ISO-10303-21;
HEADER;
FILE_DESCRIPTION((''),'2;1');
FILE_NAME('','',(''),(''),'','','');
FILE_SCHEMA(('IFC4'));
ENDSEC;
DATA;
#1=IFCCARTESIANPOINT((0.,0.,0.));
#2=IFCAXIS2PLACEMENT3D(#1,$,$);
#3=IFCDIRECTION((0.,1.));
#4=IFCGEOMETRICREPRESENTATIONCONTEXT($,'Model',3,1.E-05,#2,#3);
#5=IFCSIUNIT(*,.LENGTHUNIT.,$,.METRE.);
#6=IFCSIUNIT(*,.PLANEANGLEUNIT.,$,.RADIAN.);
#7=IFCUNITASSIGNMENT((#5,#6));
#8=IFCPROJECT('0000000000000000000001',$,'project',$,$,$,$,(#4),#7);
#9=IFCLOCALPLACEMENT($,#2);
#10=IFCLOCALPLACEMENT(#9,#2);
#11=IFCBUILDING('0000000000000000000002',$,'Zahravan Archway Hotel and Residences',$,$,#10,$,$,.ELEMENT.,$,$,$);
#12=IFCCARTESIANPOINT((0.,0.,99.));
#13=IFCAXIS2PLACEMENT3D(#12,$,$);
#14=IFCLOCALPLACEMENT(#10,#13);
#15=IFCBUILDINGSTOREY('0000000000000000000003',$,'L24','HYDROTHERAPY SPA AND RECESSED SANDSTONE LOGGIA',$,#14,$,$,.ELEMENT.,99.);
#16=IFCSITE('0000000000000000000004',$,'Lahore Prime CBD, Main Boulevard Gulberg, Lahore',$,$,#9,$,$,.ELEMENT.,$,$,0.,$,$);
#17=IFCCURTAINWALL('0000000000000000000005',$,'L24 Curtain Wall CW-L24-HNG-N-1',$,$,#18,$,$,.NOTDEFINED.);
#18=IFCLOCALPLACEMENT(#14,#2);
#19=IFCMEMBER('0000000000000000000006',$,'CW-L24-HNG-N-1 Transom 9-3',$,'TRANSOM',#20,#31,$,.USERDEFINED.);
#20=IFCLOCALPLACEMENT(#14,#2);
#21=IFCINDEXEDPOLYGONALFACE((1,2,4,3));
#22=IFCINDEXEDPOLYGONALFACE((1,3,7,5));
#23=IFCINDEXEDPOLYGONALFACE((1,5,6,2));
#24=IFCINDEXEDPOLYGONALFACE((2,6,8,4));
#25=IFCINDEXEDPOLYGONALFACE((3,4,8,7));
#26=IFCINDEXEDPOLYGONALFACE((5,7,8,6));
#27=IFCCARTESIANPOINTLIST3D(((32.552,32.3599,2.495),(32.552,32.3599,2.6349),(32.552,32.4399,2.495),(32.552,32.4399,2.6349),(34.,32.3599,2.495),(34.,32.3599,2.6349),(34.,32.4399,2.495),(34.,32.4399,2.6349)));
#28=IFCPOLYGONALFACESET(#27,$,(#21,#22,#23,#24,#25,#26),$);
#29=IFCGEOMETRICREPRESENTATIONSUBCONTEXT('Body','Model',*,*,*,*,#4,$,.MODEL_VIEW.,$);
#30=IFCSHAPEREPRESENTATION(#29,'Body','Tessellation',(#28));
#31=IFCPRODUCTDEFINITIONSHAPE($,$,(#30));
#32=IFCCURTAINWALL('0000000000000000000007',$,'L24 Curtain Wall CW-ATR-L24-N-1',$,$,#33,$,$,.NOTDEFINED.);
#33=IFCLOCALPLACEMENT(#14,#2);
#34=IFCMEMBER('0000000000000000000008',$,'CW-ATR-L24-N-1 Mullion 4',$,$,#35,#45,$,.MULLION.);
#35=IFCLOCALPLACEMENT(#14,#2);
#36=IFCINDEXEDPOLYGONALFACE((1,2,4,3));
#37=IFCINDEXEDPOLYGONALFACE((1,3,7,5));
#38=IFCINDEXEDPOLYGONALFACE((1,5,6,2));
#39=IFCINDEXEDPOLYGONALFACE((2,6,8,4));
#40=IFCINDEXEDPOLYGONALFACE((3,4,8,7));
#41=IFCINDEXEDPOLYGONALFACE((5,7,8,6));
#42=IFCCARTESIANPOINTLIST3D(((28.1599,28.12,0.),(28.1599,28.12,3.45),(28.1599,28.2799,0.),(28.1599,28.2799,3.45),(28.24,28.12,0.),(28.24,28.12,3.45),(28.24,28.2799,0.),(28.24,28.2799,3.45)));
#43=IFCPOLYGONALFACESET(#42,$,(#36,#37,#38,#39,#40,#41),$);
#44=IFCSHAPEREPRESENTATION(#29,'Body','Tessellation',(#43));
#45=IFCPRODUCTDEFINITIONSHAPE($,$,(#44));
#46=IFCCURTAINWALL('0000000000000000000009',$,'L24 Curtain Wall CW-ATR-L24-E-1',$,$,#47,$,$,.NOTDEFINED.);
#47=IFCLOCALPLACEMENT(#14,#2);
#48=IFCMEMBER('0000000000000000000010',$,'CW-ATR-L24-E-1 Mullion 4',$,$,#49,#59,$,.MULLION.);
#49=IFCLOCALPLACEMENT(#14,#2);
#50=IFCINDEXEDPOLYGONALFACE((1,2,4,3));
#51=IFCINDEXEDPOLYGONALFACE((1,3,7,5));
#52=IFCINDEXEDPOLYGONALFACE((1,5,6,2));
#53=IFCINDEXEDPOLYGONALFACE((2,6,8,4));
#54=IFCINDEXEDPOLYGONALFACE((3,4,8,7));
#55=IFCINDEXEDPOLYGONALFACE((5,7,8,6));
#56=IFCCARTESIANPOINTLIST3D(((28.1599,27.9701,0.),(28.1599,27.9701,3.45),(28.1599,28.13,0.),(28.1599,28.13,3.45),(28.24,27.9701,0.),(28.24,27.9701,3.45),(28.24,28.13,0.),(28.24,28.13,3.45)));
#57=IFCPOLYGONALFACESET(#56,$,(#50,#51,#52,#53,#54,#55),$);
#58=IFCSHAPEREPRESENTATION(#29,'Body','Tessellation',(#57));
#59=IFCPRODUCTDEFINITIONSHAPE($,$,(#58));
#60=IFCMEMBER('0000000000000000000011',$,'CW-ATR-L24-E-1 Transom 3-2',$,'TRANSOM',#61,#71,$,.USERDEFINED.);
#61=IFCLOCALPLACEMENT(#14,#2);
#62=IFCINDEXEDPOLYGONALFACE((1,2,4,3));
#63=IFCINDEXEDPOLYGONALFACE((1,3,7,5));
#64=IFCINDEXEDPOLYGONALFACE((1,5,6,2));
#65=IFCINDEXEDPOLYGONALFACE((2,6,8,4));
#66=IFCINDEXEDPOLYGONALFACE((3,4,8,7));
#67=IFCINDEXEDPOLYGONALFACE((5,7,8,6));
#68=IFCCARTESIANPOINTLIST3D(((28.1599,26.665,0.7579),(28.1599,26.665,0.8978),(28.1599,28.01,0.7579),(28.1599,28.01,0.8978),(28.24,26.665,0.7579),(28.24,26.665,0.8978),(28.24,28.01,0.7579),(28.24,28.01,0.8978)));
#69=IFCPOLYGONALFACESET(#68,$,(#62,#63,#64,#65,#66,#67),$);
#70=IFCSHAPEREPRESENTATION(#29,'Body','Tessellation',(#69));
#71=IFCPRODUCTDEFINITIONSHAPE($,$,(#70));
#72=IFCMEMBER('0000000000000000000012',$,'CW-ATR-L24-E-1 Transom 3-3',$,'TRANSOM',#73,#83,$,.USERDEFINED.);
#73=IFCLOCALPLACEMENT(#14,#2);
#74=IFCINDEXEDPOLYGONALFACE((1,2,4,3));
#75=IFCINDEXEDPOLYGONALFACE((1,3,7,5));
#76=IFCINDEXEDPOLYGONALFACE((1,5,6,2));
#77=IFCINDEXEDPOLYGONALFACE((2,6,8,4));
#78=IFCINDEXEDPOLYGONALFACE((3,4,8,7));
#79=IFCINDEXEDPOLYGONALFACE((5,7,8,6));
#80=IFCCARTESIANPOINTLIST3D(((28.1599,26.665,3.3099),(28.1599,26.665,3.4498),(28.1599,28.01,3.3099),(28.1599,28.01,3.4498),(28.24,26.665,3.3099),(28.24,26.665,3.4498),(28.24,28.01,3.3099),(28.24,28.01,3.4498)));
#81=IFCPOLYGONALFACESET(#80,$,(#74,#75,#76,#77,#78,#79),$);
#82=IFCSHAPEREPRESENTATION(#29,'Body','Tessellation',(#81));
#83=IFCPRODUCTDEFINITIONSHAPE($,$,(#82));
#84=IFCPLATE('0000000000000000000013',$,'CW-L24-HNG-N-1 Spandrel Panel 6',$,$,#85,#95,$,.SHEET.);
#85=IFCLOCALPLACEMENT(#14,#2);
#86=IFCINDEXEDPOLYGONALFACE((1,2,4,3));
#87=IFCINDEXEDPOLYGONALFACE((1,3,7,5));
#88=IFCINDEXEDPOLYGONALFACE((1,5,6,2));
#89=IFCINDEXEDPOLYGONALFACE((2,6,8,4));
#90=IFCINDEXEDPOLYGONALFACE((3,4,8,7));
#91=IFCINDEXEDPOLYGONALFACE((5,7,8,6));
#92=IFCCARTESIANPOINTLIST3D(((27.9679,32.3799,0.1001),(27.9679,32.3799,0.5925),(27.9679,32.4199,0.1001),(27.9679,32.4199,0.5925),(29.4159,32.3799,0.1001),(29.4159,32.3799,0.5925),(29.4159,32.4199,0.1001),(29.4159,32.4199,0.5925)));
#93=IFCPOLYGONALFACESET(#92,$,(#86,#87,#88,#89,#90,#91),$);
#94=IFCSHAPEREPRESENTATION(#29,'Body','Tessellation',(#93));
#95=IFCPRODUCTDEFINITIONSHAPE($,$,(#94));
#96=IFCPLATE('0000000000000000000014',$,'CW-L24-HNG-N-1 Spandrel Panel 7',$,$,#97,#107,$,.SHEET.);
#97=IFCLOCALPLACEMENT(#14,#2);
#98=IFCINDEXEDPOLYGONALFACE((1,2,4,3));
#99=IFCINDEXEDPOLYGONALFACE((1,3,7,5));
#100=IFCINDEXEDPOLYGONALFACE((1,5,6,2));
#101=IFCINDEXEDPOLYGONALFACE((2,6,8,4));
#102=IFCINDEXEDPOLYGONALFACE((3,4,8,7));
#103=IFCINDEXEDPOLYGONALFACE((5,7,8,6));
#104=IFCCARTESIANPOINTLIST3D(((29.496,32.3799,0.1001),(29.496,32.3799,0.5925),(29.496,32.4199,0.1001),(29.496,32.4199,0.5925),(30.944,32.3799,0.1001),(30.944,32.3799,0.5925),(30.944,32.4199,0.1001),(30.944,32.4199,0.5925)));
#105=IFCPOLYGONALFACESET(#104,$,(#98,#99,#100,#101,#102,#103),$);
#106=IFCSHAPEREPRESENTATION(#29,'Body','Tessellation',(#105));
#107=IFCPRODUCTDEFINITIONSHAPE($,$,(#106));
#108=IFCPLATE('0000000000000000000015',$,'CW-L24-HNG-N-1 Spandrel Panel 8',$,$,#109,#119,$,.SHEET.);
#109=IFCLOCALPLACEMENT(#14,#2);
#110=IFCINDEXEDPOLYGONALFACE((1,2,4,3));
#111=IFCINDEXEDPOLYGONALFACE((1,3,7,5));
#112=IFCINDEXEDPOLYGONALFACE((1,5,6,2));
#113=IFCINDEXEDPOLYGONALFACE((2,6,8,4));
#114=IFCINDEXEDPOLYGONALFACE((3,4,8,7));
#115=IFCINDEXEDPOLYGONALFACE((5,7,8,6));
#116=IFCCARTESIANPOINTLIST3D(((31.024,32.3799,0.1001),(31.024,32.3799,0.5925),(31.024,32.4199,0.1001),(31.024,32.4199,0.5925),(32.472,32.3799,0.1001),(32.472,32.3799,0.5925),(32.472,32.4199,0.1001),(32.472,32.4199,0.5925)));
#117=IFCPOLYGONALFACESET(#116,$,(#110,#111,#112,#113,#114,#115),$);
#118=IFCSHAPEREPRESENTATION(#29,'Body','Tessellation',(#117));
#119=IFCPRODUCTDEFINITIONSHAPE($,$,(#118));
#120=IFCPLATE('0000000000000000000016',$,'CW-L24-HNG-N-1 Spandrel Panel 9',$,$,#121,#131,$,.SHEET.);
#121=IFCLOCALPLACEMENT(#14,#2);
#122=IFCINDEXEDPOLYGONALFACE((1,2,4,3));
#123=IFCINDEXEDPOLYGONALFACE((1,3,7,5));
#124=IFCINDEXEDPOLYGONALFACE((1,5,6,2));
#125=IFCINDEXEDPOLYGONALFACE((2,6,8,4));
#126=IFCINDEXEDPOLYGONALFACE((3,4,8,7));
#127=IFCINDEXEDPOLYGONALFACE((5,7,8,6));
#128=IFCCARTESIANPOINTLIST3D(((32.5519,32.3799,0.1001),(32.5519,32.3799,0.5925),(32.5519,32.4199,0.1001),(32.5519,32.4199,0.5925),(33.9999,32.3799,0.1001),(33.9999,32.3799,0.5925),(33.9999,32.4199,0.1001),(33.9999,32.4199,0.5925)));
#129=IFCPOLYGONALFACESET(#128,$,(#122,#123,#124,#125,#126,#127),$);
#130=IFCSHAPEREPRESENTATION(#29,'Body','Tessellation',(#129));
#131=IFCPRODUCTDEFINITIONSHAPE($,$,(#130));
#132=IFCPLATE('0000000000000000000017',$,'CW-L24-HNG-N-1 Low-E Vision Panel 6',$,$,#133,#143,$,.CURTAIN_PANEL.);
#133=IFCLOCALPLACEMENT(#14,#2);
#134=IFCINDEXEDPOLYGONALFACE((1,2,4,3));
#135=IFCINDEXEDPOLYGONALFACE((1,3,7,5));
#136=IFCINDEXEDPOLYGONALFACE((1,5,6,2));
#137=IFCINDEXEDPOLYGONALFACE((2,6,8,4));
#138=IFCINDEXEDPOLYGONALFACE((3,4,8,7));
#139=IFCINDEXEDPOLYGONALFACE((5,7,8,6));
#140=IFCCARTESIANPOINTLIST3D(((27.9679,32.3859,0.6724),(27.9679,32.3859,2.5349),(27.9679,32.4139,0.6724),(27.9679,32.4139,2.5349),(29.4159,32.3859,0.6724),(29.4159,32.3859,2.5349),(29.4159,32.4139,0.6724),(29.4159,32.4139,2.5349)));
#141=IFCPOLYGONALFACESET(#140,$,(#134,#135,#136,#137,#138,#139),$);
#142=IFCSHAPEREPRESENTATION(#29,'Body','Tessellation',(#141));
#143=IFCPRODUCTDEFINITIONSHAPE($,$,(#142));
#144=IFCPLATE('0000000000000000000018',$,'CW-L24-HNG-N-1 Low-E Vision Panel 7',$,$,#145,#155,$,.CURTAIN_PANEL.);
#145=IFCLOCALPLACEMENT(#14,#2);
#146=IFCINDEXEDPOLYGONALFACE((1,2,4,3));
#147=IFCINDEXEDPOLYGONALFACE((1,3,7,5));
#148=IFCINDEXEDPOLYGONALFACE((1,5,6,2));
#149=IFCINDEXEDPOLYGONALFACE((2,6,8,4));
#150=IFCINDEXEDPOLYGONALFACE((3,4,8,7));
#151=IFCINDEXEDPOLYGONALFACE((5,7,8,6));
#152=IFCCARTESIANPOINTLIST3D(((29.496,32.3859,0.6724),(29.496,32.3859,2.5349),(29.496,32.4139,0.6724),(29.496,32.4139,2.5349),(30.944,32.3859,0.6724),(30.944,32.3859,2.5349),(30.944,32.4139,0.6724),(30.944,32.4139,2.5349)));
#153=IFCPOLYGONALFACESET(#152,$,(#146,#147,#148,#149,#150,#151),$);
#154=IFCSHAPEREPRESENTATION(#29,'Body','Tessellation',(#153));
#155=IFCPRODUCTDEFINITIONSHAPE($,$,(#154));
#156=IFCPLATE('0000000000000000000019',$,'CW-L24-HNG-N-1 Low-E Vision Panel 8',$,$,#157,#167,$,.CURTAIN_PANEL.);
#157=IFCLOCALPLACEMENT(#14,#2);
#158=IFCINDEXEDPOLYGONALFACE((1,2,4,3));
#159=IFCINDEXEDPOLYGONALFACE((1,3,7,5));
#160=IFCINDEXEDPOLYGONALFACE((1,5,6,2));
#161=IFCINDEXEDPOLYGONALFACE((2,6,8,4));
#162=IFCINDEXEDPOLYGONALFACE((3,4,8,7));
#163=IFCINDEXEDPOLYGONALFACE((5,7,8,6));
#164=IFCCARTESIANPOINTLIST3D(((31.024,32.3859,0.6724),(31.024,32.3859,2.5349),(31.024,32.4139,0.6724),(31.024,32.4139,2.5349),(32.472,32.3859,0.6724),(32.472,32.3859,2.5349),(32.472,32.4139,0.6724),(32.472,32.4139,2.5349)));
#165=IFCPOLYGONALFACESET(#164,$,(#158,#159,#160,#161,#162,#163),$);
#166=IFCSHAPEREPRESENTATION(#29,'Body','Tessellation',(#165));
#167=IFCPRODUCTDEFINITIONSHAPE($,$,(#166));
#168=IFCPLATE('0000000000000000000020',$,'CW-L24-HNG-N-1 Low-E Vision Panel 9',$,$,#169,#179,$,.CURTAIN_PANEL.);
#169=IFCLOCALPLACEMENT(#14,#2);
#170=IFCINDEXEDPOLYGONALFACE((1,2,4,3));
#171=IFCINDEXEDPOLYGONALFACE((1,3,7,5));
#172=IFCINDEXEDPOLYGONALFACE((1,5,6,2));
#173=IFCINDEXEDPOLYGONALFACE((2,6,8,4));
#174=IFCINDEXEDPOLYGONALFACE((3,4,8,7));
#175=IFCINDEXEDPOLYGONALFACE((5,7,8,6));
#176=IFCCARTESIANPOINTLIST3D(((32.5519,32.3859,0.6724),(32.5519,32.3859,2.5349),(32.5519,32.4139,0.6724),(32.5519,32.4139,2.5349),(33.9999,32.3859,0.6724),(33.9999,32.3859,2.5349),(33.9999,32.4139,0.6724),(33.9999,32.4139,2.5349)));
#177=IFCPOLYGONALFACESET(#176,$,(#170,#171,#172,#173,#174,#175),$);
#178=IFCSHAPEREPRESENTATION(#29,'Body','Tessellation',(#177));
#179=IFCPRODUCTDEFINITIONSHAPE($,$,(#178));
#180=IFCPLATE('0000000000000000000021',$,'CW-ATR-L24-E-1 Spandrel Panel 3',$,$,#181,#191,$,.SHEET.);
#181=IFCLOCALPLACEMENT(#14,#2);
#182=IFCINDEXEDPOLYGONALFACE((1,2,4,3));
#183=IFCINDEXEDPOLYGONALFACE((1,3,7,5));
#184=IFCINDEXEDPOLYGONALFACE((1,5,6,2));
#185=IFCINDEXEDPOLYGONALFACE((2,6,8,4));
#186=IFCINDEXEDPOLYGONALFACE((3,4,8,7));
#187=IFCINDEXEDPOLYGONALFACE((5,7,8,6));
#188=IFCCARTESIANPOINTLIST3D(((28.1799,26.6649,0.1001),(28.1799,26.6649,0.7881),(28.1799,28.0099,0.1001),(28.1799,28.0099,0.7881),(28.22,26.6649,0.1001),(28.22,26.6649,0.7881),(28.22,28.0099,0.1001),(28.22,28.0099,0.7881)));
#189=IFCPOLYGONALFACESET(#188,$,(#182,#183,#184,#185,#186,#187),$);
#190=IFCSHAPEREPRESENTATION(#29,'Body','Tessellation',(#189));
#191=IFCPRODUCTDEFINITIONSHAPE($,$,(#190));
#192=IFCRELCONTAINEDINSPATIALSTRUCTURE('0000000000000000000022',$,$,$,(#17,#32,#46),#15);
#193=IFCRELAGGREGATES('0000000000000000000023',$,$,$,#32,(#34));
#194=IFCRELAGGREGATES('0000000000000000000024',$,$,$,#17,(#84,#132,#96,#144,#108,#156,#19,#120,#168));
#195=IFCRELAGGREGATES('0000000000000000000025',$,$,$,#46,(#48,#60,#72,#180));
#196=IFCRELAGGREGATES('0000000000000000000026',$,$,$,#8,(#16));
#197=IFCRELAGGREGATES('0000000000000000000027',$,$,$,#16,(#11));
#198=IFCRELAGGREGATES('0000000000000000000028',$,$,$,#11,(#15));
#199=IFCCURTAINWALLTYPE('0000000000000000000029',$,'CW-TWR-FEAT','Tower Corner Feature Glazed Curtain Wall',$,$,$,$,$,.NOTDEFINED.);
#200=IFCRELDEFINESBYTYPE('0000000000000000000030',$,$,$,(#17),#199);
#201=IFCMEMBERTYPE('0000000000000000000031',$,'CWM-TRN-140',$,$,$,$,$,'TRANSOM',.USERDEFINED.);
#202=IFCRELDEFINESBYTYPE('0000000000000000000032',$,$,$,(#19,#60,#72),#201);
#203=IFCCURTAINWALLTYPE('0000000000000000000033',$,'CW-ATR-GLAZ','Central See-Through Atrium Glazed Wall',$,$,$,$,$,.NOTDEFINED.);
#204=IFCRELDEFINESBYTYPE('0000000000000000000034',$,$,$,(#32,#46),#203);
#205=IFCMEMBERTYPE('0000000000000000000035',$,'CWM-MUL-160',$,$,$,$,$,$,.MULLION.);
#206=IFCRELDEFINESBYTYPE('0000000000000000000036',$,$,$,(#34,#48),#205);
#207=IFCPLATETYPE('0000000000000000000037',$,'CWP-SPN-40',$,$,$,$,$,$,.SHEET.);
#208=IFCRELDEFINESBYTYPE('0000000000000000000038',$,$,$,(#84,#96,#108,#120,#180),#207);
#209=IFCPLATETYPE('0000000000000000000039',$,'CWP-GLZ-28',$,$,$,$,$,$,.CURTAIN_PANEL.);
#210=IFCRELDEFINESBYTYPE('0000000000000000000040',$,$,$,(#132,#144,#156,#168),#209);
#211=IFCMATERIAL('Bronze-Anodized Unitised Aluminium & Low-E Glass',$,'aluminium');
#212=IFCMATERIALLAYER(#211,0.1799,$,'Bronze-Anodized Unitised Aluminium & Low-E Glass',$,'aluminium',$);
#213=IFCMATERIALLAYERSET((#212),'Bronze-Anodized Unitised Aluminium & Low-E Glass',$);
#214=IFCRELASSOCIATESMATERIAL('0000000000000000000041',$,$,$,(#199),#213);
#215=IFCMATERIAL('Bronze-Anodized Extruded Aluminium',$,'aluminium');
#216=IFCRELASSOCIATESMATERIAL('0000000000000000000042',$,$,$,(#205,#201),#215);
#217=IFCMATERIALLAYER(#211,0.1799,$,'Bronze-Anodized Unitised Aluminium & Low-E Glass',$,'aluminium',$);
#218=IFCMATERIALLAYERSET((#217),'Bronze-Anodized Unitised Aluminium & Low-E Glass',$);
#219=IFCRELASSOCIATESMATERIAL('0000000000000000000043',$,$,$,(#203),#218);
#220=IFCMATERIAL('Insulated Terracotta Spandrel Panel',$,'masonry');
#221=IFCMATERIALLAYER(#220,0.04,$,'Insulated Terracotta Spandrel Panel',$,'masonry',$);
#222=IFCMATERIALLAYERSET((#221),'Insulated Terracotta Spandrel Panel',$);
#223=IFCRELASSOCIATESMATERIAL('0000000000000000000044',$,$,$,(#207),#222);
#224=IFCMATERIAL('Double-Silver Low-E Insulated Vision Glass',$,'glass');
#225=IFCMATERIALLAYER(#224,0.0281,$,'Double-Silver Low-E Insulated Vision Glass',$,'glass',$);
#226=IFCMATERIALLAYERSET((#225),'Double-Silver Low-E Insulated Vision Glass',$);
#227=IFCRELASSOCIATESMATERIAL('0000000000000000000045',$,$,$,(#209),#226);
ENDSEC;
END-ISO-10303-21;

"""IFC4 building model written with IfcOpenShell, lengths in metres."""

from ifc_helpers import new_model, si_unit, direction, frame, origin, origin_2d, place, context, subcontext, project, spatial, rectangle, extrude, source, transform, mapped, material, layer, layer_set, material_profile, profile_set, type_object, element, aggregate, save


model = new_model("IFC4")

# Units and contexts
model_context = context("Model", 3, precision=1e-05, world=origin(), true_north=direction((0.0, 1.0)))
body_context = subcontext(model_context, "Body", "Model", "MODEL_VIEW")
ifc_project = project(units=[si_unit("LENGTHUNIT", "METRE"), si_unit("PLANEANGLEUNIT", "RADIAN")], contexts=[model_context])

# Site, building, storey
site_placement = place(None, origin())
site = spatial("IfcSite", under=ifc_project, at=site_placement, Name="Lahore Prime CBD, Main Boulevard Gulberg, Lahore", CompositionType="ELEMENT", RefElevation=0.0)
building_placement = place(site_placement, origin())
building = spatial("IfcBuilding", under=site, at=building_placement, Name="Zahravan Archway Hotel and Residences", CompositionType="ELEMENT")
storey_placement = place(building_placement, frame((0.0, 0.0, 99.0)))
storey = spatial("IfcBuildingStorey", under=building, at=storey_placement, Name="L24", Description="HYDROTHERAPY SPA AND RECESSED SANDSTONE LOGGIA", CompositionType="ELEMENT", Elevation=99.0)

# Curtain wall, member
ifc_material_1 = material(Name="Bronze-Anodized Unitised Aluminium & Low-E Glass", Category="aluminium")
ifc_layer_1 = layer(ifc_material_1, 0.1799, Name="Bronze-Anodized Unitised Aluminium & Low-E Glass", Category="aluminium")
ifc_layer_set_1 = layer_set([ifc_layer_1], Name="Bronze-Anodized Unitised Aluminium & Low-E Glass")
curtain_wall_type_1 = type_object("IfcCurtainWallType", Name="CW-TWR-FEAT", Description="Tower Corner Feature Glazed Curtain Wall", PredefinedType="NOTDEFINED", material=ifc_layer_set_1)
curtain_wall_1_placement = place(storey_placement, origin())
curtain_wall_1 = element("IfcCurtainWall", 1, at=curtain_wall_1_placement, inside=storey, type_object=curtain_wall_type_1, Name="L24 Curtain Wall CW-L24-HNG-N-1", PredefinedType="NOTDEFINED")
ifc_material_2 = material(Name="Bronze-Anodized Extruded Aluminium", Category="aluminium")
ifc_material_profile_1 = material_profile(ifc_material_2, rectangle(XDim=0.0801, YDim=0.1599, at=origin_2d()), Name="MUL 80x160", Category="aluminium")
ifc_profile_set_1 = profile_set([ifc_material_profile_1], Name="Bronze-Anodized Extruded Aluminium")
member_type_1 = type_object("IfcMemberType", Name="CWM-MUL-160", PredefinedType="MULLION", material=ifc_profile_set_1)
ifc_material_profile_2 = material_profile(ifc_material_2, rectangle(XDim=0.0801, YDim=0.1399, at=origin_2d()), Name="TRN 80x140", Category="aluminium")
ifc_profile_set_2 = profile_set([ifc_material_profile_2], Name="Bronze-Anodized Extruded Aluminium")
member_type_2 = type_object("IfcMemberType", Name="CWM-TRN-140", ElementType="TRANSOM", PredefinedType="USERDEFINED", material=ifc_profile_set_2)
shared_shape_1 = source(origin(), body_context, "Body", "SweptSolid", [
    extrude(rectangle(XDim=0.0801, YDim=0.1399, at=origin_2d()), origin(), (0.0, 0.0, 1.0), 1.448),
])
member_1_placement = place(storey_placement, frame((32.552, 32.3999, 2.5649), z_axis=(1.0, 0.0, 0.0), x_axis=(0.0, 1.0, 0.0)))
member_1 = element("IfcMember", 2, at=member_1_placement, type_object=member_type_2, Name="CW-L24-HNG-N-1 Transom 9-3", ObjectType="TRANSOM", PredefinedType="USERDEFINED", context=body_context, shape_type="MappedRepresentation", body=[
    mapped(shared_shape_1, transform((0.0, 0.0, 0.0), scale=1.0)),
])

# Curtain wall, member
ifc_layer_2 = layer(ifc_material_1, 0.1799, Name="Bronze-Anodized Unitised Aluminium & Low-E Glass", Category="aluminium")
ifc_layer_set_2 = layer_set([ifc_layer_2], Name="Bronze-Anodized Unitised Aluminium & Low-E Glass")
curtain_wall_type_2 = type_object("IfcCurtainWallType", Name="CW-ATR-GLAZ", Description="Central See-Through Atrium Glazed Wall", PredefinedType="NOTDEFINED", material=ifc_layer_set_2)
curtain_wall_2_placement = place(storey_placement, origin())
curtain_wall_2 = element("IfcCurtainWall", 3, at=curtain_wall_2_placement, inside=storey, type_object=curtain_wall_type_2, Name="L24 Curtain Wall CW-ATR-L24-N-1", PredefinedType="NOTDEFINED")
shared_shape_2 = source(origin(), body_context, "Body", "SweptSolid", [
    extrude(rectangle(XDim=0.0801, YDim=0.1599, at=origin_2d()), origin(), (0.0, 0.0, 1.0), 3.45),
])
member_2_placement = place(storey_placement, frame((28.2, 28.2, 0.0), z_axis=(0.0, 0.0, 1.0), x_axis=(1.0, 0.0, 0.0)))
member_2 = element("IfcMember", 4, at=member_2_placement, type_object=member_type_1, Name="CW-ATR-L24-N-1 Mullion 4", PredefinedType="MULLION", context=body_context, shape_type="MappedRepresentation", body=[
    mapped(shared_shape_2, transform((0.0, 0.0, 0.0), scale=1.0)),
])
aggregate(curtain_wall_2, [member_2])

# Curtain wall, members
curtain_wall_3_placement = place(storey_placement, origin())
curtain_wall_3 = element("IfcCurtainWall", 5, at=curtain_wall_3_placement, inside=storey, type_object=curtain_wall_type_2, Name="L24 Curtain Wall CW-ATR-L24-E-1", PredefinedType="NOTDEFINED")
member_3_placement = place(storey_placement, frame((28.2, 28.05, 0.0), z_axis=(0.0, 0.0, 1.0), x_axis=(1.0, 0.0, 0.0)))
member_3 = element("IfcMember", 6, at=member_3_placement, type_object=member_type_1, Name="CW-ATR-L24-E-1 Mullion 4", PredefinedType="MULLION", context=body_context, shape_type="MappedRepresentation", body=[
    mapped(shared_shape_2, transform((0.0, 0.0, 0.0), scale=1.0)),
])
shared_shape_3 = source(origin(), body_context, "Body", "SweptSolid", [
    extrude(rectangle(XDim=0.0801, YDim=0.1399, at=origin_2d()), origin(), (0.0, 0.0, 1.0), 1.345),
])
member_4_placement = place(storey_placement, frame((28.2, 26.665, 0.8279), z_axis=(0.0, 1.0, 0.0), x_axis=(-1.0, 0.0, 0.0)))
member_4 = element("IfcMember", 7, at=member_4_placement, type_object=member_type_2, Name="CW-ATR-L24-E-1 Transom 3-2", ObjectType="TRANSOM", PredefinedType="USERDEFINED", context=body_context, shape_type="MappedRepresentation", body=[
    mapped(shared_shape_3, transform((0.0, 0.0, 0.0), scale=1.0)),
])
member_5_placement = place(storey_placement, frame((28.2, 26.665, 3.3799), z_axis=(0.0, 1.0, 0.0), x_axis=(-1.0, 0.0, 0.0)))
member_5 = element("IfcMember", 8, at=member_5_placement, type_object=member_type_2, Name="CW-ATR-L24-E-1 Transom 3-3", ObjectType="TRANSOM", PredefinedType="USERDEFINED", context=body_context, shape_type="MappedRepresentation", body=[
    mapped(shared_shape_3, transform((0.0, 0.0, 0.0), scale=1.0)),
])

# Plates
ifc_material_3 = material(Name="Insulated Terracotta Spandrel Panel", Category="masonry")
ifc_layer_3 = layer(ifc_material_3, 0.04, Name="Insulated Terracotta Spandrel Panel", Category="masonry")
ifc_layer_set_3 = layer_set([ifc_layer_3], Name="Insulated Terracotta Spandrel Panel")
plate_type_1 = type_object("IfcPlateType", Name="CWP-SPN-40", PredefinedType="SHEET", material=ifc_layer_set_3)
shared_shape_4 = source(origin(), body_context, "Body", "SweptSolid", [
    extrude(rectangle(XDim=1.448, YDim=0.04, at=origin_2d()), origin(), (0.0, 0.0, 1.0), 0.4924),
])
plate_1_placement = place(storey_placement, frame((28.6919, 32.3999, 0.1001), z_axis=(0.0, 0.0, 1.0), x_axis=(1.0, 0.0, 0.0)))
plate_1 = element("IfcPlate", 9, at=plate_1_placement, type_object=plate_type_1, Name="CW-L24-HNG-N-1 Spandrel Panel 6", PredefinedType="SHEET", context=body_context, shape_type="MappedRepresentation", body=[
    mapped(shared_shape_4, transform((0.0, 0.0, 0.0), scale=1.0)),
])
plate_2_placement = place(storey_placement, frame((30.22, 32.3999, 0.1001), z_axis=(0.0, 0.0, 1.0), x_axis=(1.0, 0.0, 0.0)))
plate_2 = element("IfcPlate", 10, at=plate_2_placement, type_object=plate_type_1, Name="CW-L24-HNG-N-1 Spandrel Panel 7", PredefinedType="SHEET", context=body_context, shape_type="MappedRepresentation", body=[
    mapped(shared_shape_4, transform((0.0, 0.0, 0.0), scale=1.0)),
])
plate_3_placement = place(storey_placement, frame((31.748, 32.3999, 0.1001), z_axis=(0.0, 0.0, 1.0), x_axis=(1.0, 0.0, 0.0)))
plate_3 = element("IfcPlate", 11, at=plate_3_placement, type_object=plate_type_1, Name="CW-L24-HNG-N-1 Spandrel Panel 8", PredefinedType="SHEET", context=body_context, shape_type="MappedRepresentation", body=[
    mapped(shared_shape_4, transform((0.0, 0.0, 0.0), scale=1.0)),
])
plate_4_placement = place(storey_placement, frame((33.2759, 32.3999, 0.1001), z_axis=(0.0, 0.0, 1.0), x_axis=(1.0, 0.0, 0.0)))
plate_4 = element("IfcPlate", 12, at=plate_4_placement, type_object=plate_type_1, Name="CW-L24-HNG-N-1 Spandrel Panel 9", PredefinedType="SHEET", context=body_context, shape_type="MappedRepresentation", body=[
    mapped(shared_shape_4, transform((0.0, 0.0, 0.0), scale=1.0)),
])
ifc_material_4 = material(Name="Double-Silver Low-E Insulated Vision Glass", Category="glass")
ifc_layer_4 = layer(ifc_material_4, 0.0281, Name="Double-Silver Low-E Insulated Vision Glass", Category="glass")
ifc_layer_set_4 = layer_set([ifc_layer_4], Name="Double-Silver Low-E Insulated Vision Glass")
plate_type_2 = type_object("IfcPlateType", Name="CWP-GLZ-28", PredefinedType="CURTAIN_PANEL", material=ifc_layer_set_4)
shared_shape_5 = source(origin(), body_context, "Body", "SweptSolid", [
    extrude(rectangle(XDim=1.448, YDim=0.0281, at=origin_2d()), origin(), (0.0, 0.0, 1.0), 1.8625),
])
plate_5_placement = place(storey_placement, frame((28.6919, 32.3999, 0.6724), z_axis=(0.0, 0.0, 1.0), x_axis=(1.0, 0.0, 0.0)))
plate_5 = element("IfcPlate", 13, at=plate_5_placement, type_object=plate_type_2, Name="CW-L24-HNG-N-1 Low-E Vision Panel 6", PredefinedType="CURTAIN_PANEL", context=body_context, shape_type="MappedRepresentation", body=[
    mapped(shared_shape_5, transform((0.0, 0.0, 0.0), scale=1.0)),
])
plate_6_placement = place(storey_placement, frame((30.22, 32.3999, 0.6724), z_axis=(0.0, 0.0, 1.0), x_axis=(1.0, 0.0, 0.0)))
plate_6 = element("IfcPlate", 14, at=plate_6_placement, type_object=plate_type_2, Name="CW-L24-HNG-N-1 Low-E Vision Panel 7", PredefinedType="CURTAIN_PANEL", context=body_context, shape_type="MappedRepresentation", body=[
    mapped(shared_shape_5, transform((0.0, 0.0, 0.0), scale=1.0)),
])
plate_7_placement = place(storey_placement, frame((31.748, 32.3999, 0.6724), z_axis=(0.0, 0.0, 1.0), x_axis=(1.0, 0.0, 0.0)))
plate_7 = element("IfcPlate", 15, at=plate_7_placement, type_object=plate_type_2, Name="CW-L24-HNG-N-1 Low-E Vision Panel 8", PredefinedType="CURTAIN_PANEL", context=body_context, shape_type="MappedRepresentation", body=[
    mapped(shared_shape_5, transform((0.0, 0.0, 0.0), scale=1.0)),
])
plate_8_placement = place(storey_placement, frame((33.2759, 32.3999, 0.6724), z_axis=(0.0, 0.0, 1.0), x_axis=(1.0, 0.0, 0.0)))
plate_8 = element("IfcPlate", 16, at=plate_8_placement, type_object=plate_type_2, Name="CW-L24-HNG-N-1 Low-E Vision Panel 9", PredefinedType="CURTAIN_PANEL", context=body_context, shape_type="MappedRepresentation", body=[
    mapped(shared_shape_5, transform((0.0, 0.0, 0.0), scale=1.0)),
])
aggregate(curtain_wall_1, [plate_1, plate_5, plate_2, plate_6, plate_3, plate_7, member_1, plate_4, plate_8])
shared_shape_6 = source(origin(), body_context, "Body", "SweptSolid", [
    extrude(rectangle(XDim=1.345, YDim=0.04, at=origin_2d()), origin(), (0.0, 0.0, 1.0), 0.688),
])
plate_9_placement = place(storey_placement, frame((28.2, 27.3374, 0.1001), z_axis=(0.0, 0.0, 1.0), x_axis=(0.0, 1.0, 0.0)))
plate_9 = element("IfcPlate", 17, at=plate_9_placement, type_object=plate_type_1, Name="CW-ATR-L24-E-1 Spandrel Panel 3", PredefinedType="SHEET", context=body_context, shape_type="MappedRepresentation", body=[
    mapped(shared_shape_6, transform((0.0, 0.0, 0.0), scale=1.0)),
])
aggregate(curtain_wall_3, [member_3, member_4, member_5, plate_9])

save(model, "model.ifc")
